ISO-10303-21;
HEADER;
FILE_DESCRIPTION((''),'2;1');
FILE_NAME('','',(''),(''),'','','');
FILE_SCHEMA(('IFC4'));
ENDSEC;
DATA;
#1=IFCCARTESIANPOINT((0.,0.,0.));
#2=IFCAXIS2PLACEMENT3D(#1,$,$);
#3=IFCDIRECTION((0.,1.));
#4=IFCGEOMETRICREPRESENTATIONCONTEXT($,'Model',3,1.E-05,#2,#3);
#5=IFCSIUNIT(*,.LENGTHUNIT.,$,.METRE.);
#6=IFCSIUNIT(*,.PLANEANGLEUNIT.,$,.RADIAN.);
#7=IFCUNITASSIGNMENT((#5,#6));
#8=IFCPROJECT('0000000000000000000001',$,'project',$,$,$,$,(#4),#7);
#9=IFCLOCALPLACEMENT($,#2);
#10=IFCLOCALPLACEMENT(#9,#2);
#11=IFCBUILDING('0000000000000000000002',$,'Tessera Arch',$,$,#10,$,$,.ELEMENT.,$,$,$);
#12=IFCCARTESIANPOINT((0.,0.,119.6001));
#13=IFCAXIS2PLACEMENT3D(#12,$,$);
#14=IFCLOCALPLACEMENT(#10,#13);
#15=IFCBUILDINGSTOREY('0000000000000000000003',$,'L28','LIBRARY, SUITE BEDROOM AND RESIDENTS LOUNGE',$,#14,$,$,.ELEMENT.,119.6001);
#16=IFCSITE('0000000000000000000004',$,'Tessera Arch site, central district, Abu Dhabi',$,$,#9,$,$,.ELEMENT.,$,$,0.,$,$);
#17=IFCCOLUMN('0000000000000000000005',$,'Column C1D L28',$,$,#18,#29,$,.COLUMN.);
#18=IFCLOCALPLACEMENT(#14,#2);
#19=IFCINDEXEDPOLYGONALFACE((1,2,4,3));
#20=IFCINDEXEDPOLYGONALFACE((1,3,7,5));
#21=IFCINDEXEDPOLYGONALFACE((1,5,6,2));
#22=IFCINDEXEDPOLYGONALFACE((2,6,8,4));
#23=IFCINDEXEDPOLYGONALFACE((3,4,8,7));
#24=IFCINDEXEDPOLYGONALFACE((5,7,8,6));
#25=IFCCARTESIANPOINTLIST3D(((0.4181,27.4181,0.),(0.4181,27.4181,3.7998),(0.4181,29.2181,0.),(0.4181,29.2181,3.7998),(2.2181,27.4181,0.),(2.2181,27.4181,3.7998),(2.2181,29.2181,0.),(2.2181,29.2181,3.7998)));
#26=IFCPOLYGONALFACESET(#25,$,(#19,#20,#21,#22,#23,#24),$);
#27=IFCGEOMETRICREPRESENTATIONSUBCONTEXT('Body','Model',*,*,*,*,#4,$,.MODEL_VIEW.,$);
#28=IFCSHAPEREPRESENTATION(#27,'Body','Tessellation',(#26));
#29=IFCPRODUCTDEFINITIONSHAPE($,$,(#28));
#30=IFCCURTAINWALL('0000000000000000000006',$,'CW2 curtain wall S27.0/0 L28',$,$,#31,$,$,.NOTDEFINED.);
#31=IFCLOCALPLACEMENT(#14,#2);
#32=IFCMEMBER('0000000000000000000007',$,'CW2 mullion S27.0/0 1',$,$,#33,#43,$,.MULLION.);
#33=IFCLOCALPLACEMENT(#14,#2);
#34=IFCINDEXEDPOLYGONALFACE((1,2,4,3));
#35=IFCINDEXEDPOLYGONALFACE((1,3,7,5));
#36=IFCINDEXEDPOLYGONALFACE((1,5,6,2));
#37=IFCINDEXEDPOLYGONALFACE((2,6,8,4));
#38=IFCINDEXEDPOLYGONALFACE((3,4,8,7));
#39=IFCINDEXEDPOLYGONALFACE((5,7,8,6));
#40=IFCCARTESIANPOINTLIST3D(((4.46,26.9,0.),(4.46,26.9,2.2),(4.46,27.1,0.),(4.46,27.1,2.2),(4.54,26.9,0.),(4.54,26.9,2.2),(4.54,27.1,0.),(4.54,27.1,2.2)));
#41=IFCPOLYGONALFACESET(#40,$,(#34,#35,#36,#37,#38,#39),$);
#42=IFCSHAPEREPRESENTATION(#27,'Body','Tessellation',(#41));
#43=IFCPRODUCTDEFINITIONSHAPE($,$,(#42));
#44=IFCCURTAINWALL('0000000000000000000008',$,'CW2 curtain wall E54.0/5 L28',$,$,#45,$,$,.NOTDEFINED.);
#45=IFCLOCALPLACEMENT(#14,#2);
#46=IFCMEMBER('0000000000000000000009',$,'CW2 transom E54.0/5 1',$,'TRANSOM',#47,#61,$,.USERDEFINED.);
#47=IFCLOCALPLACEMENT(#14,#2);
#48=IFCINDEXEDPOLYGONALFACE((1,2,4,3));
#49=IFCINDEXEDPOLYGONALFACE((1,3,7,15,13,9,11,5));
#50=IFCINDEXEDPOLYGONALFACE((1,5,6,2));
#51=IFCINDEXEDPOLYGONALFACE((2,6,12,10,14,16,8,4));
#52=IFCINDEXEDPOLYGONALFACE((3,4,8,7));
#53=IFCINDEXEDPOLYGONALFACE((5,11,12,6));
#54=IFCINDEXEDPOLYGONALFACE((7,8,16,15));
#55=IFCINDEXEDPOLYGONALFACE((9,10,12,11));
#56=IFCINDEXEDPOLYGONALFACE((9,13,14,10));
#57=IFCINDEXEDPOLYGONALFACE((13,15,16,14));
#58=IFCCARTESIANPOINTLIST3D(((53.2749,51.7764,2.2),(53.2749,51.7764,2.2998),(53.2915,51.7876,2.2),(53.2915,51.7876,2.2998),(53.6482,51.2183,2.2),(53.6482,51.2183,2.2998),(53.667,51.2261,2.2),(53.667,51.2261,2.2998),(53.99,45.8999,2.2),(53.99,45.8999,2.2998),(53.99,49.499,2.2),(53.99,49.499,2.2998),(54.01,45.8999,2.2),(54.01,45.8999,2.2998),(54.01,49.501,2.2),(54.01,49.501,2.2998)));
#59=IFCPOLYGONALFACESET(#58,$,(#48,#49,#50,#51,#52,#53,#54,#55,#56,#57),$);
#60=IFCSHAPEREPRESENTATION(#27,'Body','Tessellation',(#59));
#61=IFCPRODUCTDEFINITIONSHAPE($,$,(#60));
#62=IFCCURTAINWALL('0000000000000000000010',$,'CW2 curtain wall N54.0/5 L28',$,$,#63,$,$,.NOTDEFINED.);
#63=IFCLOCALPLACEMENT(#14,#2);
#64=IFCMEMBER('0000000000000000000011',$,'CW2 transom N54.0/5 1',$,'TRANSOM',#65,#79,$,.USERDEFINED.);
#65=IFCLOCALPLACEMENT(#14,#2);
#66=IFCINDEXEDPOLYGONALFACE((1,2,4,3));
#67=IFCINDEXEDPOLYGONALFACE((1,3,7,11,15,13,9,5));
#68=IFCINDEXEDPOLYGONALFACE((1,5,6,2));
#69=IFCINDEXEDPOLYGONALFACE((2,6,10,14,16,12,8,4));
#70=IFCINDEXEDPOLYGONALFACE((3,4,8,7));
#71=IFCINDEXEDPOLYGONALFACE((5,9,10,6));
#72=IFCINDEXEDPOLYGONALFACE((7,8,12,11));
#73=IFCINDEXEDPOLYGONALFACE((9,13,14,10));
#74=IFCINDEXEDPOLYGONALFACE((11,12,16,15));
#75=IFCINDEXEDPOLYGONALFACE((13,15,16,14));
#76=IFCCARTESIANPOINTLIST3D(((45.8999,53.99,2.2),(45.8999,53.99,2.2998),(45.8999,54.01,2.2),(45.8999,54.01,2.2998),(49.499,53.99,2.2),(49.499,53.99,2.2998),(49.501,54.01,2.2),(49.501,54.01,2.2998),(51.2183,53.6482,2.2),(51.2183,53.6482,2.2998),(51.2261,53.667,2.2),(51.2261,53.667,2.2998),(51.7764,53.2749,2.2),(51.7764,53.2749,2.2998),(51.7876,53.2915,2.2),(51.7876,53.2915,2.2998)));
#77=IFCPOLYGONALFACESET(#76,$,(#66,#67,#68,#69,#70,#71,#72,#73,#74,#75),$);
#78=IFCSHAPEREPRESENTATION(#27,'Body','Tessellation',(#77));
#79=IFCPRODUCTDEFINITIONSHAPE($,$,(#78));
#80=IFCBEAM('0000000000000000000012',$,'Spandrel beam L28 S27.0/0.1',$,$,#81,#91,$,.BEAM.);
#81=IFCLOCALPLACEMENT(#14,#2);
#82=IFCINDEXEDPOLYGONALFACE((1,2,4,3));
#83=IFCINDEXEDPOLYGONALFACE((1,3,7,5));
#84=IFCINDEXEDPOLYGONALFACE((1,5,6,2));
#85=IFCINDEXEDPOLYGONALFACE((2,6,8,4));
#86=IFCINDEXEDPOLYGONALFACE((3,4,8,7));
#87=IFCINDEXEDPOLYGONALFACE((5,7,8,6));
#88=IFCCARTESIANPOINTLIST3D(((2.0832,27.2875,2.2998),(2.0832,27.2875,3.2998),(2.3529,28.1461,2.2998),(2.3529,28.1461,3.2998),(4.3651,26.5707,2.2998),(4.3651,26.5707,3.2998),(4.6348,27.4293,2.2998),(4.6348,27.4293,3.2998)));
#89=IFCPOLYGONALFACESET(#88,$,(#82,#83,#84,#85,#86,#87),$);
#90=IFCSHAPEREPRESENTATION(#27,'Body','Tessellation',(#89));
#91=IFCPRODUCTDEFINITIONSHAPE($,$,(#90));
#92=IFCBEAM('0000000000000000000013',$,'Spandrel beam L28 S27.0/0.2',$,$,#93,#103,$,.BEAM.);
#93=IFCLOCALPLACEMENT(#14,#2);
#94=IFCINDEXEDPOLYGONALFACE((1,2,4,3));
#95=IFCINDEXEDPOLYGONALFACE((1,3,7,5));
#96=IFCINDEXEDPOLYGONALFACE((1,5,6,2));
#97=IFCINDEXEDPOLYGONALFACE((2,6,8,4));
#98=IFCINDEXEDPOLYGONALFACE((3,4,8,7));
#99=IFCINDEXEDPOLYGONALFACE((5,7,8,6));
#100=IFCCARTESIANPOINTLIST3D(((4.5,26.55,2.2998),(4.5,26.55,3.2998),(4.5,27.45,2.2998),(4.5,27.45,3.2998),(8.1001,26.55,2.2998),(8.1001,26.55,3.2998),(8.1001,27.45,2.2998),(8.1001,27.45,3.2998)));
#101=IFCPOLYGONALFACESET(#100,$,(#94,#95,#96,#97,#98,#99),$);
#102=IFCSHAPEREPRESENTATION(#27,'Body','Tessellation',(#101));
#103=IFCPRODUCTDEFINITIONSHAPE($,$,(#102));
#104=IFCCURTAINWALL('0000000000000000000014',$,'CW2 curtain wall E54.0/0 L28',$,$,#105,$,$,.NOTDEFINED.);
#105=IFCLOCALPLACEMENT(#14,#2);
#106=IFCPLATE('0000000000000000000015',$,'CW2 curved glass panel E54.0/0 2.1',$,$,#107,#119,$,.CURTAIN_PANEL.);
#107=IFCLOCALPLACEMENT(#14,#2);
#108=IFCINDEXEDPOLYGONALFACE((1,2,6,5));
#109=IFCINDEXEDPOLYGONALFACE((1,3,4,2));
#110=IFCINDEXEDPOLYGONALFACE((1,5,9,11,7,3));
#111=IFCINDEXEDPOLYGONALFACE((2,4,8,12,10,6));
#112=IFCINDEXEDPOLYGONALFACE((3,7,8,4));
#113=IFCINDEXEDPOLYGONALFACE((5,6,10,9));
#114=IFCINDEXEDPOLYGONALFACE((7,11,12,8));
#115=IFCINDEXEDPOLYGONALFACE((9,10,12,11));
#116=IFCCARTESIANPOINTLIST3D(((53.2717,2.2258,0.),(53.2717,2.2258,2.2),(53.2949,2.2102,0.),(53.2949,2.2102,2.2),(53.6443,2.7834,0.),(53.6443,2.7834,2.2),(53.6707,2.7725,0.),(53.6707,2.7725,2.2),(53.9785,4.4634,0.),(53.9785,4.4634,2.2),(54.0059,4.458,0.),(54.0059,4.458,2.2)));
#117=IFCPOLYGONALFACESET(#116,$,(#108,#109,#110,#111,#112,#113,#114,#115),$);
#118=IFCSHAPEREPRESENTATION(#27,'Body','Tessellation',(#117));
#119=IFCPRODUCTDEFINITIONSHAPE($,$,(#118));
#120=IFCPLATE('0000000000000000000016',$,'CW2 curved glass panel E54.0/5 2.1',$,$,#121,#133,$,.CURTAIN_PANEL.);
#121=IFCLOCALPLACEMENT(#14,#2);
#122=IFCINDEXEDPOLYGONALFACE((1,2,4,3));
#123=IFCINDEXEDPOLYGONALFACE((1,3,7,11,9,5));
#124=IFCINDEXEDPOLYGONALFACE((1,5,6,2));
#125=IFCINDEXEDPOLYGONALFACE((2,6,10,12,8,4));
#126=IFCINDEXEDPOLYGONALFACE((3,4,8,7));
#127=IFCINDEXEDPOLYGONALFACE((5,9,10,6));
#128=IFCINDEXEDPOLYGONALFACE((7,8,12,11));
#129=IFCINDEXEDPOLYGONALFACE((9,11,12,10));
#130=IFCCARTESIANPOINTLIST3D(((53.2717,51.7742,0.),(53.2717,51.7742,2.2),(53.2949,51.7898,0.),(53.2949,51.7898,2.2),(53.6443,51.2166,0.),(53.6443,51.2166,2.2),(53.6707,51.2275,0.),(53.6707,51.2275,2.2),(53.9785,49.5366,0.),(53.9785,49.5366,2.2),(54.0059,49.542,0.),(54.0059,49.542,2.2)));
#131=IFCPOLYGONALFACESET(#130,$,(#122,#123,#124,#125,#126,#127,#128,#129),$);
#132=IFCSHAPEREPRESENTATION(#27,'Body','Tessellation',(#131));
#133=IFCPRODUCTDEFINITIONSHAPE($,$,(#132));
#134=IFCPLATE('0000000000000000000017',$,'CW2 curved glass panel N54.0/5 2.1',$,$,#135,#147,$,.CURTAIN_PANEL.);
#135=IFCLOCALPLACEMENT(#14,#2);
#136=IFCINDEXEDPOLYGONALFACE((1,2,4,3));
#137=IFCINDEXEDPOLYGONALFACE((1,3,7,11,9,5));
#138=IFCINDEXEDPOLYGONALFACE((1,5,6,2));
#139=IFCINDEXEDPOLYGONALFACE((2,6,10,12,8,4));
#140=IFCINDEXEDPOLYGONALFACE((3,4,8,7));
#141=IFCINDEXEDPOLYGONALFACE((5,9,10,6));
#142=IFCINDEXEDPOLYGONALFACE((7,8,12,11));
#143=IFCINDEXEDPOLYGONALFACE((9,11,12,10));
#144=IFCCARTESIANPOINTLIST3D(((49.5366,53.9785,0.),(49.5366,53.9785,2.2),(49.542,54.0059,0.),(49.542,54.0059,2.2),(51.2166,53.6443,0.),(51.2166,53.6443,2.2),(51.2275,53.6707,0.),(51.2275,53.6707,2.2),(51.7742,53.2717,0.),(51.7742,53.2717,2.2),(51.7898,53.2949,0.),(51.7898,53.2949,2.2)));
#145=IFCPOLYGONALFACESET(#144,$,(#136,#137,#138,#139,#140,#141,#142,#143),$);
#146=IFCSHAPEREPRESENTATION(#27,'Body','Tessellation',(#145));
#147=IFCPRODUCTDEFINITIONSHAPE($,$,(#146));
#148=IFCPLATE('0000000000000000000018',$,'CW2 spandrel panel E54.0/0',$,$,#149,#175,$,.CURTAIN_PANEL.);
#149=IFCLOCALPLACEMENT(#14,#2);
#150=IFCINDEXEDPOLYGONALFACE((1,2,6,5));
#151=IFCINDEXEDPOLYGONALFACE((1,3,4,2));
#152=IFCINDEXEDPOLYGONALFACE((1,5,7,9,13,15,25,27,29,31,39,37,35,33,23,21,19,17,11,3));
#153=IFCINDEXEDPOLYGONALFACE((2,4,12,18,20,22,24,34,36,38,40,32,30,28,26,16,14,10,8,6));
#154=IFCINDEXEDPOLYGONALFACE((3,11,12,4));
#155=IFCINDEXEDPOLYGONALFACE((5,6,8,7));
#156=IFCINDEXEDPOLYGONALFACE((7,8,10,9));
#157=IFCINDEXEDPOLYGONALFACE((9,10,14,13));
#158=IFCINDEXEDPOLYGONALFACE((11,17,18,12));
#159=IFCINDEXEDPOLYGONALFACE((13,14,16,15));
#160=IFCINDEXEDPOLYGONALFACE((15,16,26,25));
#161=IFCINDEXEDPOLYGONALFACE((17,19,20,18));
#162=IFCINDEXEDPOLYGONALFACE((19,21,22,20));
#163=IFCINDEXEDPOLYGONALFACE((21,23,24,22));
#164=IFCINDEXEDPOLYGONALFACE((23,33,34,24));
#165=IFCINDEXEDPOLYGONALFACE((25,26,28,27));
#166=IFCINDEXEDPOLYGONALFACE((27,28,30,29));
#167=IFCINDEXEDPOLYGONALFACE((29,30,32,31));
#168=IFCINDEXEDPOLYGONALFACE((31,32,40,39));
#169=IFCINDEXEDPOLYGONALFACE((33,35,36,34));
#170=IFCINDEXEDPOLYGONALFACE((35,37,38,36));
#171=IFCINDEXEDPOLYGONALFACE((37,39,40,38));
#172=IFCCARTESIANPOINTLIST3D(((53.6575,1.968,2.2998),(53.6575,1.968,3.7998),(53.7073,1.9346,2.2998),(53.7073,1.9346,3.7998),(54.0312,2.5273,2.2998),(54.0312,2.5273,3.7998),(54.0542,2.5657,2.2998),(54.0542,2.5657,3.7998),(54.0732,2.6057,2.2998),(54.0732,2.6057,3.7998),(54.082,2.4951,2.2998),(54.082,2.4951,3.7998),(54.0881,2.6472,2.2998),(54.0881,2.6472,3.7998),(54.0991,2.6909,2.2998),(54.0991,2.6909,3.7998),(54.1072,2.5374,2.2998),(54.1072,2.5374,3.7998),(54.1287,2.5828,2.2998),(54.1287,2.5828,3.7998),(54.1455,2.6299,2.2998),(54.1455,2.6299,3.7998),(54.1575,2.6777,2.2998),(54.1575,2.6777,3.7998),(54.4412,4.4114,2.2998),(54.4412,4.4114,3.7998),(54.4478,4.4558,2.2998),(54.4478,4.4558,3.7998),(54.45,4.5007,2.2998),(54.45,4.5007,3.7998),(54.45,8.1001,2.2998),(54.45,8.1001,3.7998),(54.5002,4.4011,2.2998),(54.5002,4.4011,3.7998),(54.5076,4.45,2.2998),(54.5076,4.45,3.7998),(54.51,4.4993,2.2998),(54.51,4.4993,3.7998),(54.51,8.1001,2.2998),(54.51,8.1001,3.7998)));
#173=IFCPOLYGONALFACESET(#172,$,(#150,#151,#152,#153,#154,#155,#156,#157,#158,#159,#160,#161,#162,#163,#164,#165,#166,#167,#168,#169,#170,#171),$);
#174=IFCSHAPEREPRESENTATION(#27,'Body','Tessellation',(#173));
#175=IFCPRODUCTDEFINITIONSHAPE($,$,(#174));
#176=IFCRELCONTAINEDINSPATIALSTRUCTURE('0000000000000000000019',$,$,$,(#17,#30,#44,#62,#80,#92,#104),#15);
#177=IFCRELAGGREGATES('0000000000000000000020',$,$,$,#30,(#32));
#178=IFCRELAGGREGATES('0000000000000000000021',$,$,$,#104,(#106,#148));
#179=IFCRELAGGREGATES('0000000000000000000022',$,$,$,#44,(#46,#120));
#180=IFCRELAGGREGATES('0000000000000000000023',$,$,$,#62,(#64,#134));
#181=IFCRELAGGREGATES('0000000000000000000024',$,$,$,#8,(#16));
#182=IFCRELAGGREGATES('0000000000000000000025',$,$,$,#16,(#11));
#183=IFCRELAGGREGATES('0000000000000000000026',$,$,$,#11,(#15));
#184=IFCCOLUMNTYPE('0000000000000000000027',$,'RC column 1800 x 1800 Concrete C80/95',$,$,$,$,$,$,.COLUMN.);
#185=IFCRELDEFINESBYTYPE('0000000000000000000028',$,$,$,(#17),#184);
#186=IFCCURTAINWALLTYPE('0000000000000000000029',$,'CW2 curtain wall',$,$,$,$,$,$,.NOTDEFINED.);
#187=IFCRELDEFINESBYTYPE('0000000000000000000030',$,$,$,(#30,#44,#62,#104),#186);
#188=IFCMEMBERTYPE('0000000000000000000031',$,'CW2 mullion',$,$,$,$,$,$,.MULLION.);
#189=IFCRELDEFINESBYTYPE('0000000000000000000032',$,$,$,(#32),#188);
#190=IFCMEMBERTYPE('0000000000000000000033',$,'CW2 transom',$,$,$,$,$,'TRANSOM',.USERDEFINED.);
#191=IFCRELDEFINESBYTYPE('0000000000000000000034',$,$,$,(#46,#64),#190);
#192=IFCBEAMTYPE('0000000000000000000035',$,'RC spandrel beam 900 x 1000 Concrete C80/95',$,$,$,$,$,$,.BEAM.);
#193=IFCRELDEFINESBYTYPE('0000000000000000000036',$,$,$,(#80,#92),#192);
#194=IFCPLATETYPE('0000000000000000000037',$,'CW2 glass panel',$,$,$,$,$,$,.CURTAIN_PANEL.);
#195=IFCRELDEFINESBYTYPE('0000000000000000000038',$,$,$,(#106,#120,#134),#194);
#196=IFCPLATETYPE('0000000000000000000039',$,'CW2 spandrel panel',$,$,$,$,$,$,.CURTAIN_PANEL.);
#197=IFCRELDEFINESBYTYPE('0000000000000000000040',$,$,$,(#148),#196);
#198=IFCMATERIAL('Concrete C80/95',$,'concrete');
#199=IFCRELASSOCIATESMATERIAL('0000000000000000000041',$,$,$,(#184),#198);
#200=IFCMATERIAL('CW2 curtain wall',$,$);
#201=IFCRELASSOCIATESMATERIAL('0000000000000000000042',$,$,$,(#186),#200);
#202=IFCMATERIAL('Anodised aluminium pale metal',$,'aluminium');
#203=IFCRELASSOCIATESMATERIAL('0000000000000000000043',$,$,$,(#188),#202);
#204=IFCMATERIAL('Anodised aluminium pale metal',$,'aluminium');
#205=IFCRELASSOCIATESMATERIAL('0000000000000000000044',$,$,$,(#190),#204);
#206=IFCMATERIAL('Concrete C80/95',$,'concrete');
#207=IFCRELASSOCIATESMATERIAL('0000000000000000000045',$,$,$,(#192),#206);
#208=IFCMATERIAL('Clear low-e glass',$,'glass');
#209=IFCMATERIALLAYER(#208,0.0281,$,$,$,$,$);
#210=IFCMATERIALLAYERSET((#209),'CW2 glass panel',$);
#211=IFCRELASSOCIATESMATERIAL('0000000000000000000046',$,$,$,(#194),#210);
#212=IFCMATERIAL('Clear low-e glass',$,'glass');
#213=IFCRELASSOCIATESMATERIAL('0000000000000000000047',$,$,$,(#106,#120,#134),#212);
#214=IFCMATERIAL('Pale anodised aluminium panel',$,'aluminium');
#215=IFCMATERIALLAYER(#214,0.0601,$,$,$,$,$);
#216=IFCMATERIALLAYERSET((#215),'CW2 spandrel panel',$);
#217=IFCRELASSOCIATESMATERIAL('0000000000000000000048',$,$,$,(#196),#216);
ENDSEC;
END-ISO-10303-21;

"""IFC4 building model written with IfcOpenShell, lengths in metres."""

from ifc_helpers import new_model, si_unit, direction, frame, origin, origin_2d, place, context, subcontext, project, spatial, polyline, rectangle, outline, extrude, material, layer, layer_set, material_profile, profile_set, type_object, element, aggregate, save


model = new_model("IFC4")

# Units and contexts
model_context = context("Model", 3, precision=1e-05, world=origin(), true_north=direction((0.0, 1.0)))
body_context = subcontext(model_context, "Body", "Model", "MODEL_VIEW")
ifc_project = project(units=[si_unit("LENGTHUNIT", "METRE"), si_unit("PLANEANGLEUNIT", "RADIAN")], contexts=[model_context])

# Site, building, storey
site_placement = place(None, origin())
site = spatial("IfcSite", under=ifc_project, at=site_placement, Name="Tessera Arch site, central district, Abu Dhabi", CompositionType="ELEMENT", RefElevation=0.0)
building_placement = place(site_placement, origin())
building = spatial("IfcBuilding", under=site, at=building_placement, Name="Tessera Arch", CompositionType="ELEMENT")
storey_placement = place(building_placement, frame((0.0, 0.0, 119.6001)))
storey = spatial("IfcBuildingStorey", under=building, at=storey_placement, Name="L28", Description="LIBRARY, SUITE BEDROOM AND RESIDENTS LOUNGE", CompositionType="ELEMENT", Elevation=119.6001)

# Column
ifc_material_1 = material(Name="Concrete C80/95", Category="concrete")
ifc_material_profile_1 = material_profile(ifc_material_1, rectangle(XDim=1.8, YDim=1.8, at=origin_2d()), Name="RC column 1800 x 1800 Concrete C80/95")
ifc_profile_set_1 = profile_set([ifc_material_profile_1], Name="Concrete C80/95")
column_type = type_object("IfcColumnType", Name="RC column 1800 x 1800 Concrete C80/95", PredefinedType="COLUMN", material=ifc_profile_set_1)
column_placement = place(storey_placement, frame((1.3181, 28.3181, 0.0), z_axis=(0.0, 0.0, 1.0), x_axis=(1.0, 0.0, 0.0)))
element("IfcColumn", 1, at=column_placement, inside=storey, type_object=column_type, Name="Column C1D L28", PredefinedType="COLUMN", context=body_context, shape_type="SweptSolid", body=[
    extrude(rectangle(XDim=1.8, YDim=1.8, at=origin_2d()), origin(), (0.0, 0.0, 1.0), 3.7998),
])

# Curtain walls, members
ifc_material_2 = material(Name="CW2 curtain wall")
curtain_wall_type = type_object("IfcCurtainWallType", Name="CW2 curtain wall", PredefinedType="NOTDEFINED", material=ifc_material_2)
curtain_wall_1_placement = place(storey_placement, origin())
curtain_wall_1 = element("IfcCurtainWall", 2, at=curtain_wall_1_placement, inside=storey, type_object=curtain_wall_type, Name="CW2 curtain wall S27.0/0 L28", PredefinedType="NOTDEFINED")
ifc_material_3 = material(Name="Anodised aluminium pale metal", Category="aluminium")
ifc_material_profile_2 = material_profile(ifc_material_3, rectangle(XDim=0.2, YDim=0.0801, at=origin_2d()), Name="AL 80x200")
ifc_profile_set_2 = profile_set([ifc_material_profile_2], Name="Anodised aluminium pale metal")
member_type_1 = type_object("IfcMemberType", Name="CW2 mullion", PredefinedType="MULLION", material=ifc_profile_set_2)
member_1_placement = place(storey_placement, frame((4.5, 27.0, 0.0), z_axis=(0.0, 0.0, 1.0), x_axis=(0.0, 1.0, 0.0)))
member_1 = element("IfcMember", 3, at=member_1_placement, type_object=member_type_1, Name="CW2 mullion S27.0/0 1", PredefinedType="MULLION", context=body_context, shape_type="SweptSolid", body=[
    extrude(rectangle(XDim=0.2, YDim=0.0801, at=origin_2d()), origin(), (0.0, 0.0, 1.0), 2.2),
])
aggregate(curtain_wall_1, [member_1])
curtain_wall_2_placement = place(storey_placement, origin())
curtain_wall_2 = element("IfcCurtainWall", 4, at=curtain_wall_2_placement, inside=storey, type_object=curtain_wall_type, Name="CW2 curtain wall E54.0/5 L28", PredefinedType="NOTDEFINED")
ifc_material_4 = material(Name="Anodised aluminium pale metal", Category="aluminium")
ifc_material_profile_3 = material_profile(ifc_material_4, rectangle(XDim=0.2, YDim=0.1001, at=origin_2d()), Name="AL 200x100")
ifc_profile_set_3 = profile_set([ifc_material_profile_3], Name="Anodised aluminium pale metal")
member_type_2 = type_object("IfcMemberType", Name="CW2 transom", ElementType="TRANSOM", PredefinedType="USERDEFINED", material=ifc_profile_set_3)
member_2_placement = place(storey_placement, frame((0.0, 0.0, 2.2)))
member_2 = element("IfcMember", 5, at=member_2_placement, type_object=member_type_2, Name="CW2 transom E54.0/5 1", ObjectType="TRANSOM", PredefinedType="USERDEFINED", context=body_context, shape_type="SweptSolid", body=[
    extrude(outline(polyline([(53.99, 49.499), (53.99, 45.8999), (54.01, 45.8999), (54.01, 49.501), (53.667, 51.2261), (53.2915, 51.7876), (53.2749, 51.7764), (53.6482, 51.2183), (53.99, 49.499)])), origin(), (0.0, 0.0, 1.0), 0.0999),
])
curtain_wall_3_placement = place(storey_placement, origin())
curtain_wall_3 = element("IfcCurtainWall", 6, at=curtain_wall_3_placement, inside=storey, type_object=curtain_wall_type, Name="CW2 curtain wall N54.0/5 L28", PredefinedType="NOTDEFINED")
member_3_placement = place(storey_placement, frame((0.0, 0.0, 2.2)))
member_3 = element("IfcMember", 7, at=member_3_placement, type_object=member_type_2, Name="CW2 transom N54.0/5 1", ObjectType="TRANSOM", PredefinedType="USERDEFINED", context=body_context, shape_type="SweptSolid", body=[
    extrude(outline(polyline([(51.2183, 53.6482), (51.7764, 53.2749), (51.7876, 53.2915), (51.2261, 53.667), (49.501, 54.01), (45.8999, 54.01), (45.8999, 53.99), (49.499, 53.99), (51.2183, 53.6482)])), origin(), (0.0, 0.0, 1.0), 0.0999),
])

# Beams
ifc_material_5 = material(Name="Concrete C80/95", Category="concrete")
ifc_material_profile_4 = material_profile(ifc_material_5, rectangle(XDim=0.8999, YDim=1.0, at=origin_2d()), Name="RC spandrel beam 900 x 1000 Concrete C80/95")
ifc_profile_set_4 = profile_set([ifc_material_profile_4], Name="Concrete C80/95")
beam_type = type_object("IfcBeamType", Name="RC spandrel beam 900 x 1000 Concrete C80/95", PredefinedType="BEAM", material=ifc_profile_set_4)
beam_1_placement = place(storey_placement, frame((2.218, 27.7168, 2.7998), z_axis=(0.954041, -0.299675, 0.0), x_axis=(0.299675, 0.954041, 0.0)))
element("IfcBeam", 8, at=beam_1_placement, inside=storey, type_object=beam_type, Name="Spandrel beam L28 S27.0/0.1", PredefinedType="BEAM", context=body_context, shape_type="SweptSolid", body=[
    extrude(rectangle(XDim=0.8999, YDim=1.0, at=origin_2d()), origin(), (0.0, 0.0, 1.0), 2.3918),
])
beam_2_placement = place(storey_placement, frame((4.5, 27.0, 2.7998), z_axis=(1.0, 0.0, 0.0), x_axis=(0.0, 1.0, 0.0)))
element("IfcBeam", 9, at=beam_2_placement, inside=storey, type_object=beam_type, Name="Spandrel beam L28 S27.0/0.2", PredefinedType="BEAM", context=body_context, shape_type="SweptSolid", body=[
    extrude(rectangle(XDim=0.8999, YDim=1.0, at=origin_2d()), origin(), (0.0, 0.0, 1.0), 3.6001),
])

# Curtain wall, plate
curtain_wall_4_placement = place(storey_placement, origin())
curtain_wall_4 = element("IfcCurtainWall", 10, at=curtain_wall_4_placement, inside=storey, type_object=curtain_wall_type, Name="CW2 curtain wall E54.0/0 L28", PredefinedType="NOTDEFINED")
ifc_material_6 = material(Name="Clear low-e glass", Category="glass")
ifc_material_7 = material(Name="Clear low-e glass", Category="glass")
ifc_layer_1 = layer(ifc_material_7, 0.0281)
ifc_layer_set_1 = layer_set([ifc_layer_1], Name="CW2 glass panel")
plate_type_1 = type_object("IfcPlateType", Name="CW2 glass panel", PredefinedType="CURTAIN_PANEL", material=ifc_layer_set_1)
plate_1_placement = place(storey_placement, origin())
plate_1 = element("IfcPlate", 11, at=plate_1_placement, type_object=plate_type_1, material=ifc_material_6, Name="CW2 curved glass panel E54.0/0 2.1", PredefinedType="CURTAIN_PANEL", context=body_context, shape_type="SweptSolid", body=[
    extrude(outline(polyline([(53.6443, 2.7834), (53.2717, 2.2258), (53.2949, 2.2102), (53.6707, 2.7725), (54.0059, 4.458), (53.9785, 4.4634), (53.6443, 2.7834)])), origin(), (0.0, 0.0, 1.0), 2.2),
])

# Plates
plate_2_placement = place(storey_placement, origin())
plate_2 = element("IfcPlate", 12, at=plate_2_placement, type_object=plate_type_1, material=ifc_material_6, Name="CW2 curved glass panel E54.0/5 2.1", PredefinedType="CURTAIN_PANEL", context=body_context, shape_type="SweptSolid", body=[
    extrude(outline(polyline([(53.6443, 51.2166), (53.9785, 49.5366), (54.0059, 49.542), (53.6707, 51.2275), (53.2949, 51.7898), (53.2717, 51.7742), (53.6443, 51.2166)])), origin(), (0.0, 0.0, 1.0), 2.2),
])
plate_3_placement = place(storey_placement, origin())
plate_3 = element("IfcPlate", 13, at=plate_3_placement, type_object=plate_type_1, material=ifc_material_6, Name="CW2 curved glass panel N54.0/5 2.1", PredefinedType="CURTAIN_PANEL", context=body_context, shape_type="SweptSolid", body=[
    extrude(outline(polyline([(51.2166, 53.6443), (51.7742, 53.2717), (51.7898, 53.2949), (51.2275, 53.6707), (49.542, 54.0059), (49.5366, 53.9785), (51.2166, 53.6443)])), origin(), (0.0, 0.0, 1.0), 2.2),
])
ifc_material_8 = material(Name="Pale anodised aluminium panel", Category="aluminium")
ifc_layer_2 = layer(ifc_material_8, 0.0601)
ifc_layer_set_2 = layer_set([ifc_layer_2], Name="CW2 spandrel panel")
plate_type_2 = type_object("IfcPlateType", Name="CW2 spandrel panel", PredefinedType="CURTAIN_PANEL", material=ifc_layer_set_2)
plate_4_placement = place(storey_placement, frame((0.0, 0.0, 2.2998)))
plate_4 = element("IfcPlate", 14, at=plate_4_placement, type_object=plate_type_2, Name="CW2 spandrel panel E54.0/0", PredefinedType="CURTAIN_PANEL", context=body_context, shape_type="SweptSolid", body=[
    extrude(outline(polyline([(54.0312, 2.5273), (53.6575, 1.968), (53.7073, 1.9346), (54.082, 2.4951), (54.1072, 2.5374), (54.1287, 2.5828), (54.1455, 2.6299), (54.1575, 2.6777), (54.5002, 4.4011), (54.5076, 4.45), (54.51, 4.4993), (54.51, 8.1001), (54.45, 8.1001), (54.45, 4.5007), (54.4478, 4.4558), (54.4412, 4.4114), (54.0991, 2.6909), (54.0881, 2.6472), (54.0732, 2.6057), (54.0542, 2.5657), (54.0312, 2.5273)])), origin(), (0.0, 0.0, 1.0), 1.5),
])
aggregate(curtain_wall_4, [plate_1, plate_4])
aggregate(curtain_wall_2, [member_2, plate_2])
aggregate(curtain_wall_3, [member_3, plate_3])

save(model, "model.ifc")
